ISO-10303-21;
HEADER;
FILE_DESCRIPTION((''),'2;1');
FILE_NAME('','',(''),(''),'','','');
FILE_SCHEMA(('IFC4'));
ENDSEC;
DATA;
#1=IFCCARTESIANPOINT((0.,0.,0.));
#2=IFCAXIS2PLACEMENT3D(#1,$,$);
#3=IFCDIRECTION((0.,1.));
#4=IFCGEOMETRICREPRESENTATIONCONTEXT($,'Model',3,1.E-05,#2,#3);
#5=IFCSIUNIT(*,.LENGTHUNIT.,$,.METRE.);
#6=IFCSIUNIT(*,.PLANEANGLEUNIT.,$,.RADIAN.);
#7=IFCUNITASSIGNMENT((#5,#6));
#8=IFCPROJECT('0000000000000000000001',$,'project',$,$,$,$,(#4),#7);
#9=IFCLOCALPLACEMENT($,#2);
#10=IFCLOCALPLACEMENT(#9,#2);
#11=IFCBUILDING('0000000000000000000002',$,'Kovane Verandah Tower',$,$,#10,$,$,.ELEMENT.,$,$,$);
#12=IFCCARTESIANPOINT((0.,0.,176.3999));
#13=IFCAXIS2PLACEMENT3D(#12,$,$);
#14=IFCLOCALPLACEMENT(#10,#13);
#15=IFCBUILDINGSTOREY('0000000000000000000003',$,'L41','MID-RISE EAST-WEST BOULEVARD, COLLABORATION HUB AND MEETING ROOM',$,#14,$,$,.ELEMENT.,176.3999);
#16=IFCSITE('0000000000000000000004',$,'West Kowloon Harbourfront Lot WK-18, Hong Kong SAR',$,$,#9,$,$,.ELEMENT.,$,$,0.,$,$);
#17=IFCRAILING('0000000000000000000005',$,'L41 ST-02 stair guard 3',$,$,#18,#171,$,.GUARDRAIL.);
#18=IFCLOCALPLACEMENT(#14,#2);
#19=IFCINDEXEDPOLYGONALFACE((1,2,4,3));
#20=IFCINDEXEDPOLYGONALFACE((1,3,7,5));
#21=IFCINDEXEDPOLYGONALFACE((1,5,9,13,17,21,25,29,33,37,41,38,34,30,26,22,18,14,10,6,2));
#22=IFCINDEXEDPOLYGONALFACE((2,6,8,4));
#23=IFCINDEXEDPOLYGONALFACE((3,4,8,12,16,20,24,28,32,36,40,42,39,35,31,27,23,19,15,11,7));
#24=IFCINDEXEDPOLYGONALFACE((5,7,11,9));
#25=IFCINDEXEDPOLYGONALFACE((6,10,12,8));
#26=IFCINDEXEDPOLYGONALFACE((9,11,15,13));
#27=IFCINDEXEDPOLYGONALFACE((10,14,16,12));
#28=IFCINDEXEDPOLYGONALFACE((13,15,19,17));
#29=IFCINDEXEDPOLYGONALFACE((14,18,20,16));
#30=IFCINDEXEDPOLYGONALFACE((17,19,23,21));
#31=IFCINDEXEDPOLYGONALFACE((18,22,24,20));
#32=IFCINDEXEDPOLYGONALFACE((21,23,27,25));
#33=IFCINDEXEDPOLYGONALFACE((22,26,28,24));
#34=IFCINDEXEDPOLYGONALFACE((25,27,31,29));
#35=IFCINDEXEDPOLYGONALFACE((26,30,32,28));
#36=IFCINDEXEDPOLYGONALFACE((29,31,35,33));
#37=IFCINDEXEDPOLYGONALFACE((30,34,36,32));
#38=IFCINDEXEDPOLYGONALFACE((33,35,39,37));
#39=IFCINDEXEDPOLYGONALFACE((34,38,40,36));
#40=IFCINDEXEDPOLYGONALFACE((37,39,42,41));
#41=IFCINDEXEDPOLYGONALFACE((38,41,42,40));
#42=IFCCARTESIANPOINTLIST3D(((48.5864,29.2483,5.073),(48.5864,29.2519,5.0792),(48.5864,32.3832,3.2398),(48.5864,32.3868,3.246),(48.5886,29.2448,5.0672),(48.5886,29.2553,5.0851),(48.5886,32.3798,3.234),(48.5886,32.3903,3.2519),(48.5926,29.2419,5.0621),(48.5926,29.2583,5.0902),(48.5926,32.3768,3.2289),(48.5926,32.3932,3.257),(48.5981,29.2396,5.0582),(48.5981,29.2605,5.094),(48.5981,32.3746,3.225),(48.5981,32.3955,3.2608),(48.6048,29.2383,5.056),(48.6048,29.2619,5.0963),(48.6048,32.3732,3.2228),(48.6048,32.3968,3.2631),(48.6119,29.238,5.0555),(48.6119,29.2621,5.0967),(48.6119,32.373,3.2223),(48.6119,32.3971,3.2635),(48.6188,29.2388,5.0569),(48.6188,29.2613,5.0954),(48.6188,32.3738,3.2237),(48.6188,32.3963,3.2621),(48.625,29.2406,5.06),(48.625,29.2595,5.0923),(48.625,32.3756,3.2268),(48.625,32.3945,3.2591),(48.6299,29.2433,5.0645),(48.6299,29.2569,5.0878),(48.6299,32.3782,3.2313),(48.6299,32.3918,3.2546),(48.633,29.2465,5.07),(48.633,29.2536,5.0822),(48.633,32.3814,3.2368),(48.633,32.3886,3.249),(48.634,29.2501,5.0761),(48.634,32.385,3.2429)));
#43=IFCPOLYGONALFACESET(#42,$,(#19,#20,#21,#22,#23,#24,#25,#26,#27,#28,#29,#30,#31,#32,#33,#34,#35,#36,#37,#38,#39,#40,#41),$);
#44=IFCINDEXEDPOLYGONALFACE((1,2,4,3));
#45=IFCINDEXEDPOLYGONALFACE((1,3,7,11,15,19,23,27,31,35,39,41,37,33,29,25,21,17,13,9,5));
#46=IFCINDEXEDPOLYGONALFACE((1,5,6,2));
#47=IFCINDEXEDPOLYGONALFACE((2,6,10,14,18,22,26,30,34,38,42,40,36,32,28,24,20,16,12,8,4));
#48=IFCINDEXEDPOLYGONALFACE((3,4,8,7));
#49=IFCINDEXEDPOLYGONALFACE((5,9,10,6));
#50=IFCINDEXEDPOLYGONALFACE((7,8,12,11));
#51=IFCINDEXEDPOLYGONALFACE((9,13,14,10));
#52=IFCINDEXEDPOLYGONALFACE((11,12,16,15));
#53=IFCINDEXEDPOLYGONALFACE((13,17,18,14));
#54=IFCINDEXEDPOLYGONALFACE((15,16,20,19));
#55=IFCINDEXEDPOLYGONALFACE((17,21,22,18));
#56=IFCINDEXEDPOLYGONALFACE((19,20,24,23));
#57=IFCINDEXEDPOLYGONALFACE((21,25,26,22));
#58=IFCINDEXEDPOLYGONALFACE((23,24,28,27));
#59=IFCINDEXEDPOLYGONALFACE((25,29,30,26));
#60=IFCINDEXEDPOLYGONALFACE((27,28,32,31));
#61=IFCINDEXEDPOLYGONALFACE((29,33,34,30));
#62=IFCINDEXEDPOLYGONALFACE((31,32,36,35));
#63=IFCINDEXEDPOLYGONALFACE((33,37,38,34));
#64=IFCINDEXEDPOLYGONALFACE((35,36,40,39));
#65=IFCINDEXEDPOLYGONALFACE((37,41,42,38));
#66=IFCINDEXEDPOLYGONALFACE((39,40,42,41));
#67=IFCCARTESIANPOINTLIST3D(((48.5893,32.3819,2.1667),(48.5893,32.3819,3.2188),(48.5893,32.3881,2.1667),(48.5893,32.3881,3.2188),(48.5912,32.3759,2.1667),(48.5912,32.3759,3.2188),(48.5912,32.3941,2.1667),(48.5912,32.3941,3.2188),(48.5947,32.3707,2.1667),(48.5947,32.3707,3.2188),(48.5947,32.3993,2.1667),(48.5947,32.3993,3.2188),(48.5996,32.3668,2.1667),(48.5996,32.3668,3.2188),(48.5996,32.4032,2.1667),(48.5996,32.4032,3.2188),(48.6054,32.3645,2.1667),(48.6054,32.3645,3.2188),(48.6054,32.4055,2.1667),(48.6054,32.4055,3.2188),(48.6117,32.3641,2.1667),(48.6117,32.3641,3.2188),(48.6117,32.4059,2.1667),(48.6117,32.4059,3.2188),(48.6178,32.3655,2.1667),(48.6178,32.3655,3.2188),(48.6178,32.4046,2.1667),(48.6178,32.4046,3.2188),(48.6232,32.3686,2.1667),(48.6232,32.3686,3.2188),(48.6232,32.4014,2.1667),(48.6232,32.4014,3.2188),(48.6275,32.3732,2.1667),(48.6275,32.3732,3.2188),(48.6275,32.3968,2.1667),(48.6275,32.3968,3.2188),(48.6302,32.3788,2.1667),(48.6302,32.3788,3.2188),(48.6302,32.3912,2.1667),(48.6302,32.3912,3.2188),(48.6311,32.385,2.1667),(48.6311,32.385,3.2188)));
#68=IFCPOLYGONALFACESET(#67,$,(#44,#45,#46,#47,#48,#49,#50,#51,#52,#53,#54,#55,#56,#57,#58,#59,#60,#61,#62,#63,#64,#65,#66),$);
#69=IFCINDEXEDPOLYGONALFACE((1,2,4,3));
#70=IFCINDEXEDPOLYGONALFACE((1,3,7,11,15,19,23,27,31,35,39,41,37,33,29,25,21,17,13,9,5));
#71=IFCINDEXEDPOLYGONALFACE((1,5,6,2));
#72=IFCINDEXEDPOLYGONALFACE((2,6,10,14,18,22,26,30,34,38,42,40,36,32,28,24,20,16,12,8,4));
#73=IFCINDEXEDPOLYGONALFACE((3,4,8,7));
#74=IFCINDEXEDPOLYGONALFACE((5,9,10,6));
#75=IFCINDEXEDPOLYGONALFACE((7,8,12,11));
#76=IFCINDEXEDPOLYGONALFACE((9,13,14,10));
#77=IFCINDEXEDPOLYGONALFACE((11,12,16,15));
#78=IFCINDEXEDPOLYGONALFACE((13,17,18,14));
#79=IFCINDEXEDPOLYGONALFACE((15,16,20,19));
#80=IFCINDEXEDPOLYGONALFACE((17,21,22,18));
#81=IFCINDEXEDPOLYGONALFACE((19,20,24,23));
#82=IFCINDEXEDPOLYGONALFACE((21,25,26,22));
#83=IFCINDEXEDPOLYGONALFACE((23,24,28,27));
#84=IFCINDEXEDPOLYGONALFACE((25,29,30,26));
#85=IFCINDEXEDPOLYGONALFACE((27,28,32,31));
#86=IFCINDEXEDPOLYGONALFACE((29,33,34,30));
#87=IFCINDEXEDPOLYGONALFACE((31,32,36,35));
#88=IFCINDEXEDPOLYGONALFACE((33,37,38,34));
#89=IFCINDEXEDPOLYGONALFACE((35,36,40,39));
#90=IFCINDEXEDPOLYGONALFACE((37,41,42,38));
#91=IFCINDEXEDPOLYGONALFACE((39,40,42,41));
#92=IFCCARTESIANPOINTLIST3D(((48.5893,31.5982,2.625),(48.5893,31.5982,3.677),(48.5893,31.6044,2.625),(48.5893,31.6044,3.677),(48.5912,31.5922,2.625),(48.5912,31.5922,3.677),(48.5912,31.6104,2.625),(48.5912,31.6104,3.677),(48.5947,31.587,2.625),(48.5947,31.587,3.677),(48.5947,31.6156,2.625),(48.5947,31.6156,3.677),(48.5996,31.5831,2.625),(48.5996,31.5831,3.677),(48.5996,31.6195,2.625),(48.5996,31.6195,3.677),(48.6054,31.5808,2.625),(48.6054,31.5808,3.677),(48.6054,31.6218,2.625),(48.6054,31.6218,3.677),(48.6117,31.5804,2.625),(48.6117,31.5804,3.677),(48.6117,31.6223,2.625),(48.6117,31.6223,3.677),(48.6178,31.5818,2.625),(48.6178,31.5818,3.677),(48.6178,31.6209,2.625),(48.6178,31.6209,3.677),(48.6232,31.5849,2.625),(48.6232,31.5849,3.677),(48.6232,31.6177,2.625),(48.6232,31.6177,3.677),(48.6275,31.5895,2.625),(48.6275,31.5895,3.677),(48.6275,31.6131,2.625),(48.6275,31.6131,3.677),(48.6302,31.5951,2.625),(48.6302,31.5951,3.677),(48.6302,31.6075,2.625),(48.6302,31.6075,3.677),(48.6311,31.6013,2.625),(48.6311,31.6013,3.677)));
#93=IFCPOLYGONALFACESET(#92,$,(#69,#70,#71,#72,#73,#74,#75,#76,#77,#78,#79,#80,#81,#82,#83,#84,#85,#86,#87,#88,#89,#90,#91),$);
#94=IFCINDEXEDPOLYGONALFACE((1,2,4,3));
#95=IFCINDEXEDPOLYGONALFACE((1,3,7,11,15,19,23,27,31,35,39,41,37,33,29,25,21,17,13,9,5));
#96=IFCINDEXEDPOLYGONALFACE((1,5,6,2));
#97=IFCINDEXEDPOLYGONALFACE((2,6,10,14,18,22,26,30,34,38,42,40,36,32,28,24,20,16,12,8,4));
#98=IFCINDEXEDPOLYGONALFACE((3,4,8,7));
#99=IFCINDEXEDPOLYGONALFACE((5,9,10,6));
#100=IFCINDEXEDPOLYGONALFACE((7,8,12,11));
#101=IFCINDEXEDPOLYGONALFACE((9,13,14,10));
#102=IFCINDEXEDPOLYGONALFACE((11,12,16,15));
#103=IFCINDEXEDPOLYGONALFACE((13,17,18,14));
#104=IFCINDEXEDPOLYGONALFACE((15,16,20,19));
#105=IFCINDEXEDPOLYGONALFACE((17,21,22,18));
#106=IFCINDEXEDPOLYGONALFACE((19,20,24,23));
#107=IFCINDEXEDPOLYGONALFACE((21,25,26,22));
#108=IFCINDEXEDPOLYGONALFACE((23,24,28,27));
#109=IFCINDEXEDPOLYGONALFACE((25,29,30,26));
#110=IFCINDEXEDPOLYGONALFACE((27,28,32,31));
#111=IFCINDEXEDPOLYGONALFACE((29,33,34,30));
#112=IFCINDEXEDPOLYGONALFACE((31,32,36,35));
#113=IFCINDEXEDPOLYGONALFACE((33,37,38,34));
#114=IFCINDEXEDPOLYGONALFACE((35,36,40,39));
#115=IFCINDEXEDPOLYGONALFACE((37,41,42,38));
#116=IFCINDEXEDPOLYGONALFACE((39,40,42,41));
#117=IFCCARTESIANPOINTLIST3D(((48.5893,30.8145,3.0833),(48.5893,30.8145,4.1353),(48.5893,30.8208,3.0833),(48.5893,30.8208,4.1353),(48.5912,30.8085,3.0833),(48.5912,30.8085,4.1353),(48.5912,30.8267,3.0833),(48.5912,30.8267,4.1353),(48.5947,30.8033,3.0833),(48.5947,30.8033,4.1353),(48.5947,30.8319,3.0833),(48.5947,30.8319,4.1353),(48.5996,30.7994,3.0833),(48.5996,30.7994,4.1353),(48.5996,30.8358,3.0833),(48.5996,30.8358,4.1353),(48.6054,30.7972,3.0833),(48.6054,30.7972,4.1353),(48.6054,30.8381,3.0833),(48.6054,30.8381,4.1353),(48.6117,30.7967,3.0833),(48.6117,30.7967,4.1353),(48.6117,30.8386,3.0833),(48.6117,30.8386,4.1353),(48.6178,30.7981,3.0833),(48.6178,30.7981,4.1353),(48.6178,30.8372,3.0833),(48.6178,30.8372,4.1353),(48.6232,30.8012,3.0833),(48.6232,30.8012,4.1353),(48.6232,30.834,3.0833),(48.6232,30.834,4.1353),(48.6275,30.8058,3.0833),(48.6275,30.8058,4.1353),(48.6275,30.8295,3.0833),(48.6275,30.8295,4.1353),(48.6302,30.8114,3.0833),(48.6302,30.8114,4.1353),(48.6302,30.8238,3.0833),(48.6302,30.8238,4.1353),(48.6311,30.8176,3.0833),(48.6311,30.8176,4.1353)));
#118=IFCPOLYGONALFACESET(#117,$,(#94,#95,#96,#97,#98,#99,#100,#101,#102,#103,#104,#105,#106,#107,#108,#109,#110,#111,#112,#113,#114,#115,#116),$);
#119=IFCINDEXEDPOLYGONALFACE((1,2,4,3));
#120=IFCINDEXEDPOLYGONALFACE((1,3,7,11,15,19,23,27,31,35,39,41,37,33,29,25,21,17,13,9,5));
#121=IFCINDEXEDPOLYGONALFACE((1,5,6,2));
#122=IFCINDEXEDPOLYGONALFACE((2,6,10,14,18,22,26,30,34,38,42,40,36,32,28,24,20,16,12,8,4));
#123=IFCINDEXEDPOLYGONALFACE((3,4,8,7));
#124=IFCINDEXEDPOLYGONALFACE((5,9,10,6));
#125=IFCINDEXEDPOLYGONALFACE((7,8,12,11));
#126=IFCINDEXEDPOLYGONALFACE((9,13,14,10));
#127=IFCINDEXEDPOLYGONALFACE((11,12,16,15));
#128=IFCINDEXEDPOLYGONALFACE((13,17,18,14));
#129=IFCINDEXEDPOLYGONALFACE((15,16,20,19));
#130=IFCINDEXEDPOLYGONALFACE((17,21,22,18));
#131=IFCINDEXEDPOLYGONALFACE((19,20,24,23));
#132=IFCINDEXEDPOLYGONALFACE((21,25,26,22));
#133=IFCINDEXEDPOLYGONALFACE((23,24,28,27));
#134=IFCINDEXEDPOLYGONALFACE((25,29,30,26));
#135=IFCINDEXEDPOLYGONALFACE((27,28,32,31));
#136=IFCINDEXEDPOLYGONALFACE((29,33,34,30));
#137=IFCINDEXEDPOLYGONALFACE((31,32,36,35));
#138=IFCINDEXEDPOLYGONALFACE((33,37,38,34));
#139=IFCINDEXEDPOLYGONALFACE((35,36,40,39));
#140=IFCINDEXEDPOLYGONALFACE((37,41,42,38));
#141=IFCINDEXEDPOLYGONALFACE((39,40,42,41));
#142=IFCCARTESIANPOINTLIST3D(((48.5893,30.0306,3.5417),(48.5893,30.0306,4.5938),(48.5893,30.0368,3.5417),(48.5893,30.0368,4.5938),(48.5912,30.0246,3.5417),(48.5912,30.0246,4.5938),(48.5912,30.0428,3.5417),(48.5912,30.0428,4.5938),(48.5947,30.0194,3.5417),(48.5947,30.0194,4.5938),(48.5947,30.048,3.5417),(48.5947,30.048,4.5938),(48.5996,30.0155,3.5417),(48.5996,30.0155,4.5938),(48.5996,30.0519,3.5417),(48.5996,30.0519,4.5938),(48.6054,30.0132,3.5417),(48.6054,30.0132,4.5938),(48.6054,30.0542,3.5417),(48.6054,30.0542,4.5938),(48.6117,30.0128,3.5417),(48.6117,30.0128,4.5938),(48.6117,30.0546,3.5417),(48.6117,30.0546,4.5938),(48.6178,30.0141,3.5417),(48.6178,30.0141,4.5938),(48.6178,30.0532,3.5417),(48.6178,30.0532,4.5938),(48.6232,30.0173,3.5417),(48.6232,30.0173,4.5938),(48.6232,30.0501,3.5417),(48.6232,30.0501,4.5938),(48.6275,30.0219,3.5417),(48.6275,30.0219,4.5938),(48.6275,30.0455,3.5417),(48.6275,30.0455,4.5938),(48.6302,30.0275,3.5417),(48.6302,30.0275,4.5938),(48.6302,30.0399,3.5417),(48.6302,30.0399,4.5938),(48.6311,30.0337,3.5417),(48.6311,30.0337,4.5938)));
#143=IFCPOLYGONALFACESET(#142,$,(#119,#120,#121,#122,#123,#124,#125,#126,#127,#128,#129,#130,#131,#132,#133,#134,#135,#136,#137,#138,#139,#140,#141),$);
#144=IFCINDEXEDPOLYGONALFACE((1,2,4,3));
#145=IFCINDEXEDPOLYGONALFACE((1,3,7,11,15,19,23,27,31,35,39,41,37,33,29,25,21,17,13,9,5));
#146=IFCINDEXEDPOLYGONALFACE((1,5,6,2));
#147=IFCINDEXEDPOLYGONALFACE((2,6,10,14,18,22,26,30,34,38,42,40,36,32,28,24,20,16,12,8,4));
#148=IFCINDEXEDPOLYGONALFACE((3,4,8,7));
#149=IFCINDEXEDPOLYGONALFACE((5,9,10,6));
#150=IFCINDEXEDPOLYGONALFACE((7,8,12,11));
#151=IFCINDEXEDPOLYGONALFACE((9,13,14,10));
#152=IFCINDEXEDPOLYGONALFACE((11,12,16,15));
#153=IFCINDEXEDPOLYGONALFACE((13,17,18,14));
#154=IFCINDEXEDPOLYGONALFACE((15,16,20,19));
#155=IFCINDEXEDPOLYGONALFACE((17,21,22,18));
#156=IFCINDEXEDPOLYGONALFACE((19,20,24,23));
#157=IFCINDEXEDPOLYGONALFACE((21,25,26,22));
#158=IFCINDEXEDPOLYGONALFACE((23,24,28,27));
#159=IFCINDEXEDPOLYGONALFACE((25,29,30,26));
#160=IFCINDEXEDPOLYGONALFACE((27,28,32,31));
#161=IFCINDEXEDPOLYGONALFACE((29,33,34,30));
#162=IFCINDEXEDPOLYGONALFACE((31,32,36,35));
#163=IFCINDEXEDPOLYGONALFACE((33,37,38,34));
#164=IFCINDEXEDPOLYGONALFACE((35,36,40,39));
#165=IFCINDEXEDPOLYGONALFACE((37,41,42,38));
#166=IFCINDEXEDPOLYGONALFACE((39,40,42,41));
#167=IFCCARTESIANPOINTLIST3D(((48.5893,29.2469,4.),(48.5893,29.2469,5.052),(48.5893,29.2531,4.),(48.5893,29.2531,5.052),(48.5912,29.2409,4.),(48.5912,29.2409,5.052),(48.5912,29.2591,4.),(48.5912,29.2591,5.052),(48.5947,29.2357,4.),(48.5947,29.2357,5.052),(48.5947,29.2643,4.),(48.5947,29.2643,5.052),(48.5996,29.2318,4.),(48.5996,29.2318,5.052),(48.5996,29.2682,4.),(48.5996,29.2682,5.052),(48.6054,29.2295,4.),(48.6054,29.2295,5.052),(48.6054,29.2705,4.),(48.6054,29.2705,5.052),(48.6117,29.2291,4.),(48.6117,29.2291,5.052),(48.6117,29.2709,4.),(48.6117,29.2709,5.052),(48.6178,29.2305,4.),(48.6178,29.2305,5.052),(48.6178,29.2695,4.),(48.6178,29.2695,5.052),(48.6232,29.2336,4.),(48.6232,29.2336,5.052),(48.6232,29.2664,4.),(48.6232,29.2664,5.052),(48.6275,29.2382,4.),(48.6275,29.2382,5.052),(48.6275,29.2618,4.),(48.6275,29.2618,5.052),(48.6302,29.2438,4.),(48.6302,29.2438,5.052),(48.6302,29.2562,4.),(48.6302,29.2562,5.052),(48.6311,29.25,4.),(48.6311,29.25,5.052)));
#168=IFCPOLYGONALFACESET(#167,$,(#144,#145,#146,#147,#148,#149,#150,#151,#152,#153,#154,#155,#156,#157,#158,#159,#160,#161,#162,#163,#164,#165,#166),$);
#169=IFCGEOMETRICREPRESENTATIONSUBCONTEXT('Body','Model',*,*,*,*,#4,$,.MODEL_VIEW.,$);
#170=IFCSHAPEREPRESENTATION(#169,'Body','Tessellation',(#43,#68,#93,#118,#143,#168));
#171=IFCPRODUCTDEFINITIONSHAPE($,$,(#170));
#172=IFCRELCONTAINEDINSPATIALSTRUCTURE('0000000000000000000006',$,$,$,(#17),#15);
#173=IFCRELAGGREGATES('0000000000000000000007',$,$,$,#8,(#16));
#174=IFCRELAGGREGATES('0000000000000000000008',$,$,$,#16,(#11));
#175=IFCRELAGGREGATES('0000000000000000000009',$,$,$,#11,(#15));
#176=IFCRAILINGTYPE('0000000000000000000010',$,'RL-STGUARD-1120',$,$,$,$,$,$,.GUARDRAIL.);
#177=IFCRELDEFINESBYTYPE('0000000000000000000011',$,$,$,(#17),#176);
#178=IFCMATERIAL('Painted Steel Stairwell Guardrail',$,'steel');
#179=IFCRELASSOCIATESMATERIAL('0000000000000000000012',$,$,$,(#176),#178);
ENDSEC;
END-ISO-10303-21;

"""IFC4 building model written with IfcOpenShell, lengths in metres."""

from ifc_helpers import new_model, si_unit, direction, frame, origin, origin_2d, place, context, subcontext, project, spatial, circle, extrude, material, type_object, element, save


model = new_model("IFC4")

# Units and contexts
model_context = context("Model", 3, precision=1e-05, world=origin(), true_north=direction((0.0, 1.0)))
body_context = subcontext(model_context, "Body", "Model", "MODEL_VIEW")
ifc_project = project(units=[si_unit("LENGTHUNIT", "METRE"), si_unit("PLANEANGLEUNIT", "RADIAN")], contexts=[model_context])

# Site, building, storey
site_placement = place(None, origin())
site = spatial("IfcSite", under=ifc_project, at=site_placement, Name="West Kowloon Harbourfront Lot WK-18, Hong Kong SAR", CompositionType="ELEMENT", RefElevation=0.0)
building_placement = place(site_placement, origin())
building = spatial("IfcBuilding", under=site, at=building_placement, Name="Kovane Verandah Tower", CompositionType="ELEMENT")
storey_placement = place(building_placement, frame((0.0, 0.0, 176.3999)))
storey = spatial("IfcBuildingStorey", under=building, at=storey_placement, Name="L41", Description="MID-RISE EAST-WEST BOULEVARD, COLLABORATION HUB AND MEETING ROOM", CompositionType="ELEMENT", Elevation=176.3999)

# Railing
ifc_material_1 = material(Name="Painted Steel Stairwell Guardrail", Category="steel")
railing_type_1 = type_object("IfcRailingType", Name="RL-STGUARD-1120", PredefinedType="GUARDRAIL", material=ifc_material_1)
railing_1_placement = place(storey_placement, frame((48.6101, 32.385, 2.1667)))
element("IfcRailing", 1, at=railing_1_placement, inside=storey, type_object=railing_type_1, Name="L41 ST-02 stair guard 3", PredefinedType="GUARDRAIL", context=body_context, shape_type="SweptSolid", body=[
    extrude(circle(Radius=0.0239, at=origin_2d()), frame((0.0, 0.0, 1.0762), z_axis=(0.0, -0.86324, 0.504794), x_axis=(1.0, 0.0, 0.0)), (0.0, 0.0, 1.0), 3.6316),
    extrude(circle(Radius=0.021, at=origin_2d()), origin(), (0.0, 0.0, 1.0), 1.052),
    extrude(circle(Radius=0.021, at=origin_2d()), frame((0.0, -0.7837, 0.4583)), (0.0, 0.0, 1.0), 1.052),
    extrude(circle(Radius=0.021, at=origin_2d()), frame((0.0, -1.5674, 0.9165)), (0.0, 0.0, 1.0), 1.052),
    extrude(circle(Radius=0.021, at=origin_2d()), frame((0.0, -2.3513, 1.375)), (0.0, 0.0, 1.0), 1.052),
    extrude(circle(Radius=0.021, at=origin_2d()), frame((0.0, -3.135, 1.8333)), (0.0, 0.0, 1.0), 1.052),
])

save(model, "model.ifc")
